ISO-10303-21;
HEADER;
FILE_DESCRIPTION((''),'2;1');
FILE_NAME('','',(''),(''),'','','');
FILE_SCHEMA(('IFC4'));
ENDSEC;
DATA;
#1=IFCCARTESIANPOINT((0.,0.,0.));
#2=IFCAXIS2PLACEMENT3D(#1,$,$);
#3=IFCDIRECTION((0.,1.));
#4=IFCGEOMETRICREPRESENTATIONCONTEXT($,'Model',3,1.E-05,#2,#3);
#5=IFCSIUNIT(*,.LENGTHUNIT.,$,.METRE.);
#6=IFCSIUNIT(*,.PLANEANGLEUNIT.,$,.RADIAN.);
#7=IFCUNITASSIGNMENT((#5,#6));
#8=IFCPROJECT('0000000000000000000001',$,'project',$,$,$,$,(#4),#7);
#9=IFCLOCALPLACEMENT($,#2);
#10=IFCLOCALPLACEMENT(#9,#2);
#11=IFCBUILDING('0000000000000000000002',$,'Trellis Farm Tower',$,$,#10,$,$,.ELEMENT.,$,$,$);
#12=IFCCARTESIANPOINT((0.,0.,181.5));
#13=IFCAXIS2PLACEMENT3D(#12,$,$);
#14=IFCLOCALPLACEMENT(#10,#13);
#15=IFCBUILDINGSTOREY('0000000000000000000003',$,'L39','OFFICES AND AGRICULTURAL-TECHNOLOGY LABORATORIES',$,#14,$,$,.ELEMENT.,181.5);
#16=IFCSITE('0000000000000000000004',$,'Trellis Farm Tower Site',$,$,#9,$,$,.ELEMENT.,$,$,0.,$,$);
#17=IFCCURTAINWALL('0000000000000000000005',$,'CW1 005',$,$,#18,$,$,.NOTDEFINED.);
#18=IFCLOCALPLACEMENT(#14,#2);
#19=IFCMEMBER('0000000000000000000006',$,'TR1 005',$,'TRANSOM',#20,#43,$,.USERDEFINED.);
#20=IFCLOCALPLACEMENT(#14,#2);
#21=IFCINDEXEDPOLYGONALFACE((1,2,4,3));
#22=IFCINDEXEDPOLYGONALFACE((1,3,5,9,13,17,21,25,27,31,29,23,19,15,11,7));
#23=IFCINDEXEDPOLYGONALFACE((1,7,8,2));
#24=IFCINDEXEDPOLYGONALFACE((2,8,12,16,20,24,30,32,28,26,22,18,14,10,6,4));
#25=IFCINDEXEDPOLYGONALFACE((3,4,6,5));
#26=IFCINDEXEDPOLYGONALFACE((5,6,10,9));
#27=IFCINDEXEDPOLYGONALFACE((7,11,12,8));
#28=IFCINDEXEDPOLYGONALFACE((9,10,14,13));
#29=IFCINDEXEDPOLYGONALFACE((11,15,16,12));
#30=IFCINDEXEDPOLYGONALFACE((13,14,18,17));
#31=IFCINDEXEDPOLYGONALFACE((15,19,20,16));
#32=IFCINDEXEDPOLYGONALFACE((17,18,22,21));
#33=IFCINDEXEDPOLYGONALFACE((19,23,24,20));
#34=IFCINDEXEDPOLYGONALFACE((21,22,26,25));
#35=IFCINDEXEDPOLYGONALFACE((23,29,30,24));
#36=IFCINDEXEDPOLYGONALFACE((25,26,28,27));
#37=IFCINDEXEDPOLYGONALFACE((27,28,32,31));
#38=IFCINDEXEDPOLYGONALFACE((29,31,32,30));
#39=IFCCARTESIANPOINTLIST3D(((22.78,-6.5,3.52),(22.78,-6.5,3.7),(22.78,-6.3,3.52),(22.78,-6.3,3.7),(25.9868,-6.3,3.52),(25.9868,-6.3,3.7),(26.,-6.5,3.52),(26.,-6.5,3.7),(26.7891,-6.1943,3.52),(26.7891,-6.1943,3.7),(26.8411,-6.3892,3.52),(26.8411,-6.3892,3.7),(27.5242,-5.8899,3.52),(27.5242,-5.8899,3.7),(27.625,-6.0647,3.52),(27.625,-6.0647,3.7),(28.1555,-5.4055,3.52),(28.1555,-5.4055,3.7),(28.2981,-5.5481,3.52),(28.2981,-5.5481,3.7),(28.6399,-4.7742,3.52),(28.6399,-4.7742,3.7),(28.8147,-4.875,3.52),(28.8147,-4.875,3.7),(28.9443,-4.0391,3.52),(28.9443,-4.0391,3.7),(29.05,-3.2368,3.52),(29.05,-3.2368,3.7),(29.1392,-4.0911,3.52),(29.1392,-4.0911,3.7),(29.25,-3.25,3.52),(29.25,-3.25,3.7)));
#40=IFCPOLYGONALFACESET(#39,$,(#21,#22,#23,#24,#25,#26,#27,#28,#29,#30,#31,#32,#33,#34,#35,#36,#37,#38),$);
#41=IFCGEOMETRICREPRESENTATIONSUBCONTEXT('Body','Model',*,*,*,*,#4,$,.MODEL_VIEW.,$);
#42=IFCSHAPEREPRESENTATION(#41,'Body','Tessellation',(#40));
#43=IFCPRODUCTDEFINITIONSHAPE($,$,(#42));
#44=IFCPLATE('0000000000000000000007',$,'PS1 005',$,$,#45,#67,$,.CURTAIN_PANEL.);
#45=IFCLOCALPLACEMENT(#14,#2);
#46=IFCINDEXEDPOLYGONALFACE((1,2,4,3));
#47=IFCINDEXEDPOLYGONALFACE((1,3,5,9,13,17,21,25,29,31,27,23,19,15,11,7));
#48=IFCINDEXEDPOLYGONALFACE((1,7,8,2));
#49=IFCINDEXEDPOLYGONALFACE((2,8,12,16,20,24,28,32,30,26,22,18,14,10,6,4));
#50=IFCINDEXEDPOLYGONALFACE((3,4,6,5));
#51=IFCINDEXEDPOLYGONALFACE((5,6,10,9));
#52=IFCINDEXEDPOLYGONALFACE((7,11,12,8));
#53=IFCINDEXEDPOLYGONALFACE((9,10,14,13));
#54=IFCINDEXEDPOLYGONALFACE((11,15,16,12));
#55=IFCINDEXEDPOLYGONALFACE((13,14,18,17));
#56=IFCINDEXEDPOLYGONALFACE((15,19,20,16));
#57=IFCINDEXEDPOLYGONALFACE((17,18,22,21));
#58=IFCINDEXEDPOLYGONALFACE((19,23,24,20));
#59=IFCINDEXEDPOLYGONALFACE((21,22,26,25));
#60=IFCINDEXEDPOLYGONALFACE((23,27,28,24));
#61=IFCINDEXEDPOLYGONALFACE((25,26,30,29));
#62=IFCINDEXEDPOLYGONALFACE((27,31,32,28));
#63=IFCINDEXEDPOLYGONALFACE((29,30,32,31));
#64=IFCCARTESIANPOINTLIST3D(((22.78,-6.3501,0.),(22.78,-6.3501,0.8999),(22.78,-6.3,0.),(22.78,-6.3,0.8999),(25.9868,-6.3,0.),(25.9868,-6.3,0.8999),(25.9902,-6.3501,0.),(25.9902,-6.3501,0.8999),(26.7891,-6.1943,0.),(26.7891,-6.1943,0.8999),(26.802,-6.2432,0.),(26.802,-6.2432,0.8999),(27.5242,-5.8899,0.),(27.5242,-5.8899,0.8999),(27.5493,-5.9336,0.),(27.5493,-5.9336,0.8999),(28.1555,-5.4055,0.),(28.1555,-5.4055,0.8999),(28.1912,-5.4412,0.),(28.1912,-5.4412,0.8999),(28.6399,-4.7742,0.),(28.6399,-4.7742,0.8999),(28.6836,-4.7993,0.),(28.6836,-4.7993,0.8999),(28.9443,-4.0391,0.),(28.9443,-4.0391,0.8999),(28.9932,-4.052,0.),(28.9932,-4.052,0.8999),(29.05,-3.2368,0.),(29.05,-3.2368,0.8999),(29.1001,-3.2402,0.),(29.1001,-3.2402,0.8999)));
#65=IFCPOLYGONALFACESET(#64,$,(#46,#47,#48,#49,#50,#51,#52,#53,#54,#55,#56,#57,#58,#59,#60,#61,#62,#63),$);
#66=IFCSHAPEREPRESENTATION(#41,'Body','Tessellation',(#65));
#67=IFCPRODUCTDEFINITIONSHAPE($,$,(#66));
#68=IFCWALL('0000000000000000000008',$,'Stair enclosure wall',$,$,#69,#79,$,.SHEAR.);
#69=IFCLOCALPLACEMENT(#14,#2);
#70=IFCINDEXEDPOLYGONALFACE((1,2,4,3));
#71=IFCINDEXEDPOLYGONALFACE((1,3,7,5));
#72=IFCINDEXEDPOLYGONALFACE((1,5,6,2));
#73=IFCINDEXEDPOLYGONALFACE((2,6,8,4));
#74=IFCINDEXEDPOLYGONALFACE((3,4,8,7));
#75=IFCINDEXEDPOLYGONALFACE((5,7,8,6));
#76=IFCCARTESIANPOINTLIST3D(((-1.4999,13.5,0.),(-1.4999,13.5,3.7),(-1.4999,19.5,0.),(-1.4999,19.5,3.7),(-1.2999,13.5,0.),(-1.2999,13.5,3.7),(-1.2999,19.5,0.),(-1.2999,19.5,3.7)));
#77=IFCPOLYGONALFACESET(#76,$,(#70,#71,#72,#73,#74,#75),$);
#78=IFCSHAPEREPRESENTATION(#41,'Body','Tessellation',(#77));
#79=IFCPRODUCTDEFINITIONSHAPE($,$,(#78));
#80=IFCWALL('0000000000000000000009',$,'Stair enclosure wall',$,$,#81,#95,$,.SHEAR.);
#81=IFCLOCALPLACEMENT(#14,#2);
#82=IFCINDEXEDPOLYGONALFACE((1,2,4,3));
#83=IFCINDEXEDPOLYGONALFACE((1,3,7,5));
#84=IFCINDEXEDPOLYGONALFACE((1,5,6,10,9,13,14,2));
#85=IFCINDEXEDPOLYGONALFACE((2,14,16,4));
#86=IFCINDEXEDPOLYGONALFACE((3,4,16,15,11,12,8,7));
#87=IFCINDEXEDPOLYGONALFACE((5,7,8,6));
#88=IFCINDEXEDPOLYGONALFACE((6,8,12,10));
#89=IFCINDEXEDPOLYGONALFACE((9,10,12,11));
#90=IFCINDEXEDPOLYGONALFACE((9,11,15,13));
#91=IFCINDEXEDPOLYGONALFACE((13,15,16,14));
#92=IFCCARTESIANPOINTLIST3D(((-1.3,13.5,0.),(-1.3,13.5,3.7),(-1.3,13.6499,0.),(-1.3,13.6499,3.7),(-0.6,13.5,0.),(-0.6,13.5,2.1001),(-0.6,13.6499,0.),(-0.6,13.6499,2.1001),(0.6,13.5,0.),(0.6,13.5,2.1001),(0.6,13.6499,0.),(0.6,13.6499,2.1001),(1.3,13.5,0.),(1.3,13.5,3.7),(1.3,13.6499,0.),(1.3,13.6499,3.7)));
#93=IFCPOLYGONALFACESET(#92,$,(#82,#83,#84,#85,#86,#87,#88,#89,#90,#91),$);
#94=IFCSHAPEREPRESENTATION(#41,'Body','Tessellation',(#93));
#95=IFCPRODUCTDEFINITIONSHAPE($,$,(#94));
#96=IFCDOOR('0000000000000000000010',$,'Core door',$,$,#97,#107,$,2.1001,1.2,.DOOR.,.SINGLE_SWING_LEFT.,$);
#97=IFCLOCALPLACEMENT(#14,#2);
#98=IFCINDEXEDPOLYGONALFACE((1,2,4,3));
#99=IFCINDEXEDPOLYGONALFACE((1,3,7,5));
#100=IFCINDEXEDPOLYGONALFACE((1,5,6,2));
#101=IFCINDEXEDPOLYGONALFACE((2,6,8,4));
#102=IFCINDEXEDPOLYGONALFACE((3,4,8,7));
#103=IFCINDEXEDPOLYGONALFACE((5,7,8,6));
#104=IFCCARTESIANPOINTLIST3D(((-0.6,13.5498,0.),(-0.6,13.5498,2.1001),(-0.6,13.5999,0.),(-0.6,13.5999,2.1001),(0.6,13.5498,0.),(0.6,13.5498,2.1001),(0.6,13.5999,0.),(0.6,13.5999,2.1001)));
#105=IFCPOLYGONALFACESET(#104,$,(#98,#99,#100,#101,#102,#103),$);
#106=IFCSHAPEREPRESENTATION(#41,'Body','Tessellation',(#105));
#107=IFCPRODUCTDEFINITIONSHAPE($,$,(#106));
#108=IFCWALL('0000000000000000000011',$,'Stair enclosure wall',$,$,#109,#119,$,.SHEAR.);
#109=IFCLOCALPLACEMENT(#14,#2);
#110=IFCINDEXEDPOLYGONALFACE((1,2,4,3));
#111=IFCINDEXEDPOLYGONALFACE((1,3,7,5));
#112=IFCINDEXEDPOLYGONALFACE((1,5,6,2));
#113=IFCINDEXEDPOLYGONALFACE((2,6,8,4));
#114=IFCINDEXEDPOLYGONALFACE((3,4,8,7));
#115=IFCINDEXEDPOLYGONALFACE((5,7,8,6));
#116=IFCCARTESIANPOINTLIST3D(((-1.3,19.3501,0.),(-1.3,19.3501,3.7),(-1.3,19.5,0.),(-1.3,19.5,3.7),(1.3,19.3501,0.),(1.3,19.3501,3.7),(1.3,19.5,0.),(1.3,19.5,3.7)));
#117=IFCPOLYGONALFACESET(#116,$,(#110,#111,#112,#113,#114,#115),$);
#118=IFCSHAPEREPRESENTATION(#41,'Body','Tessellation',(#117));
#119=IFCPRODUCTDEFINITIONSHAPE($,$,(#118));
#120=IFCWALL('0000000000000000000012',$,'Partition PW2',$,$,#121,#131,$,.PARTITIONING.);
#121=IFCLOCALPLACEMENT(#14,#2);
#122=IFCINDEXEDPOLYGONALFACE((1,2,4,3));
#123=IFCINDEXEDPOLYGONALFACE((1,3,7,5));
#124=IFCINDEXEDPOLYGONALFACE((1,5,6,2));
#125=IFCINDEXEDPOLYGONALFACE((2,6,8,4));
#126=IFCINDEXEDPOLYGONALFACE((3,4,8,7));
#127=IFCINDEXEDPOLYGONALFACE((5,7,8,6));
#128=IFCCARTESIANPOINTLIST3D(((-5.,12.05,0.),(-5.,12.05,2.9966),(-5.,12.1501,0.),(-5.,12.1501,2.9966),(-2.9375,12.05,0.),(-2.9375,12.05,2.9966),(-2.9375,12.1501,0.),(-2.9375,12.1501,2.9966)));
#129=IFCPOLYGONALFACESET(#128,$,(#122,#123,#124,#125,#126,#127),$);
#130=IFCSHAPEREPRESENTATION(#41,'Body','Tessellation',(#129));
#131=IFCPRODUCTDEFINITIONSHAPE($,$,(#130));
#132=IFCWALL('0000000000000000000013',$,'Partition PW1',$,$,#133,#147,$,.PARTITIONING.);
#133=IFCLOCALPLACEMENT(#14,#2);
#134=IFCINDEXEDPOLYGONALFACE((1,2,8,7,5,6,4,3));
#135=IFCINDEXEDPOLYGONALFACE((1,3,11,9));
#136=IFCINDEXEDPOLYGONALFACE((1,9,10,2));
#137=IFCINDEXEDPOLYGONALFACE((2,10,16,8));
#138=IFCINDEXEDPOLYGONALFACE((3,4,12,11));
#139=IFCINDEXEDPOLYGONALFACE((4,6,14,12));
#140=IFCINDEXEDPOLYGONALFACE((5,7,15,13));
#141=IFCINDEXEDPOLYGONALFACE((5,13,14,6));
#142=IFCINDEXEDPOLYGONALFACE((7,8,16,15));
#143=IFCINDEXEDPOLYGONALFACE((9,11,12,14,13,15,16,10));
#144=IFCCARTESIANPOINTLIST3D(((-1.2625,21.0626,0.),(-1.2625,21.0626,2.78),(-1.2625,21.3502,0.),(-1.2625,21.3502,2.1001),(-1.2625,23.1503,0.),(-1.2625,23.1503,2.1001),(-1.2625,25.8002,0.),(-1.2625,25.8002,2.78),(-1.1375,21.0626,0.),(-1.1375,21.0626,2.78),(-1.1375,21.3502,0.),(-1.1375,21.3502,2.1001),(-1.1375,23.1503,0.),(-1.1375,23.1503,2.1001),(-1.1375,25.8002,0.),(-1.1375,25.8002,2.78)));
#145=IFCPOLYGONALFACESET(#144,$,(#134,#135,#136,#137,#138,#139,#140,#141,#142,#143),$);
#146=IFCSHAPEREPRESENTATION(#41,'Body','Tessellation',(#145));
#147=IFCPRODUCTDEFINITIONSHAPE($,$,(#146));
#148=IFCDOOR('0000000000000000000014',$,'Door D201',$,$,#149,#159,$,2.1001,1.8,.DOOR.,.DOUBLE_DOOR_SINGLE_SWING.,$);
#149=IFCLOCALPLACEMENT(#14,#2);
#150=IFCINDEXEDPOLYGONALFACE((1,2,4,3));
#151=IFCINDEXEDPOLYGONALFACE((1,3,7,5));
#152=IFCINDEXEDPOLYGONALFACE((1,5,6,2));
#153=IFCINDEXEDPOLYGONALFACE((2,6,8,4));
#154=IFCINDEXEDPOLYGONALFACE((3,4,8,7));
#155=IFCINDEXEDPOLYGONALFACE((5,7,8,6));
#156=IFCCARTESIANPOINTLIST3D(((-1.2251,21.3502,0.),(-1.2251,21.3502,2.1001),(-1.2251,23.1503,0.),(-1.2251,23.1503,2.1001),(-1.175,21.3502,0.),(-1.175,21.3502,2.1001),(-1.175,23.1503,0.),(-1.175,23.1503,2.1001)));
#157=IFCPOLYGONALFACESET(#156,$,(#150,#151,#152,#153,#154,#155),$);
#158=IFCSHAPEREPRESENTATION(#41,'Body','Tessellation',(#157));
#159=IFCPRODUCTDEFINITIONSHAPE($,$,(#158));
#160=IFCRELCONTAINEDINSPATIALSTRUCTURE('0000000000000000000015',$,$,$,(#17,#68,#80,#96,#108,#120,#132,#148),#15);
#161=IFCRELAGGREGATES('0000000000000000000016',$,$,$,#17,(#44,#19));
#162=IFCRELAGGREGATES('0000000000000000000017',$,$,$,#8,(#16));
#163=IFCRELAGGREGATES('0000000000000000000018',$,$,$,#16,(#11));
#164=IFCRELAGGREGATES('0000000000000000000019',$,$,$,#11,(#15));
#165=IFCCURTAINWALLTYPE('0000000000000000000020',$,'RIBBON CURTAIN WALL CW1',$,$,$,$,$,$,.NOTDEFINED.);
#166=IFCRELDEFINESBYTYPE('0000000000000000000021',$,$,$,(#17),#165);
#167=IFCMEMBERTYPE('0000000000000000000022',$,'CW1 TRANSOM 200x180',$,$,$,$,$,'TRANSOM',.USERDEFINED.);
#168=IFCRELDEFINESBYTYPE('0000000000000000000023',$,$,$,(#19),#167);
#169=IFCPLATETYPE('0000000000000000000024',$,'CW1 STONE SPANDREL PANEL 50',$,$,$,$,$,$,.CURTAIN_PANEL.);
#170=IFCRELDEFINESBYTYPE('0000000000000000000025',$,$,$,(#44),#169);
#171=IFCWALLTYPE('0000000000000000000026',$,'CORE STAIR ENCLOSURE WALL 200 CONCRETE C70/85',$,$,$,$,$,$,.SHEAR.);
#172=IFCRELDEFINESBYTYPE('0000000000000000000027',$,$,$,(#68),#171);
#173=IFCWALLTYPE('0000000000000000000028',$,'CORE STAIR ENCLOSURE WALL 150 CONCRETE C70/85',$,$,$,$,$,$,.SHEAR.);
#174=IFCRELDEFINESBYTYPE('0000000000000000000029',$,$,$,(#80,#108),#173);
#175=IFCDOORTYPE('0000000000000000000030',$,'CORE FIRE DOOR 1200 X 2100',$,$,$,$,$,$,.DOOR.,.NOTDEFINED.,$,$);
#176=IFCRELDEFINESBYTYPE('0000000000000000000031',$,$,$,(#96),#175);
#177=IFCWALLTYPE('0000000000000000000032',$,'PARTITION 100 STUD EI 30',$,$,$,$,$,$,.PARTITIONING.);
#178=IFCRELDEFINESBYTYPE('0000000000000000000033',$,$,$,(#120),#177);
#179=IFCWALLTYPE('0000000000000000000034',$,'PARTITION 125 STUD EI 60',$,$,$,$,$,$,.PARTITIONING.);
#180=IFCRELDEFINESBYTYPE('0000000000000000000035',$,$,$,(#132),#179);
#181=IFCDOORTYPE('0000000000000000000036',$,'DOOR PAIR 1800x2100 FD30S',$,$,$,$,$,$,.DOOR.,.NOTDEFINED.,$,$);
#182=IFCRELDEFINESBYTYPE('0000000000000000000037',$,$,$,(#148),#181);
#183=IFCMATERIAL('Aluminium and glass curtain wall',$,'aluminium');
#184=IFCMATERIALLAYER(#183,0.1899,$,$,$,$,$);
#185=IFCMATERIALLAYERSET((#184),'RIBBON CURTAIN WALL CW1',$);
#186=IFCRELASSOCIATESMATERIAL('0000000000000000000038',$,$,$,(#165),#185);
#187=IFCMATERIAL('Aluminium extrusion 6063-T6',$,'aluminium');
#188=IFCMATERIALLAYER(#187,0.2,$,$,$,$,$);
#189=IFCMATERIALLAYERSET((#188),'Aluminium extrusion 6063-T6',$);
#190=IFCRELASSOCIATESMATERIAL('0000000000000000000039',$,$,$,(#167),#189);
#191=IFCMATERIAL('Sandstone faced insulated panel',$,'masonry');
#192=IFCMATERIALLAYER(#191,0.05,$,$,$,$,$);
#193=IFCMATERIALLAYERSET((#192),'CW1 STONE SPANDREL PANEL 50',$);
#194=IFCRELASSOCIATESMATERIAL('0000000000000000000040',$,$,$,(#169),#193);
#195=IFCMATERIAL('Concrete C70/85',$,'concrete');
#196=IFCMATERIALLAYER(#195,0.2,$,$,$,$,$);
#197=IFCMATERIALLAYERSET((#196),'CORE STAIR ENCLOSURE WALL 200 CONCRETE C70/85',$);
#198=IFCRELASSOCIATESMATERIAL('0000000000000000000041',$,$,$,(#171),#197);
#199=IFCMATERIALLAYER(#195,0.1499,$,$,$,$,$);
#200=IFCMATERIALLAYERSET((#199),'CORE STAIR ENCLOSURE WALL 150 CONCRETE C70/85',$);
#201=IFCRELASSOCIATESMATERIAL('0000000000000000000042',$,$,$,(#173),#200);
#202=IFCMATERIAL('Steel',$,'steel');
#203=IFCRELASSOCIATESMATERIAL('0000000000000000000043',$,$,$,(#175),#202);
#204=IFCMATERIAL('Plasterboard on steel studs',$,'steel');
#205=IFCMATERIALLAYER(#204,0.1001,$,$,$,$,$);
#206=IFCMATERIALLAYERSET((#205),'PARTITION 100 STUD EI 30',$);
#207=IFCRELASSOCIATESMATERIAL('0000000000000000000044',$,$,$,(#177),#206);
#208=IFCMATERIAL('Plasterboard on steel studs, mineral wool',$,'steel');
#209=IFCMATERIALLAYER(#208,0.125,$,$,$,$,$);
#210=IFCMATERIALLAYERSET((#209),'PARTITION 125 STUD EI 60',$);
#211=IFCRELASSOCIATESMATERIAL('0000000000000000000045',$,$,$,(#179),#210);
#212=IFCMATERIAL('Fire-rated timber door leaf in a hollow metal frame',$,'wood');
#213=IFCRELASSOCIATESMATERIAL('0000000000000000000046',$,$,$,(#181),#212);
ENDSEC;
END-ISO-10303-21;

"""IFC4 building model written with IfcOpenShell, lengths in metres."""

from ifc_helpers import new_model, si_unit, direction, frame, frame_2d, origin, place, context, subcontext, project, spatial, polyline, rectangle, outline, extrude, source, transform, mapped, material, layer, layer_set, type_object, element, fill, aggregate, save


model = new_model("IFC4")

# Units and contexts
model_context = context("Model", 3, precision=1e-05, world=origin(), true_north=direction((0.0, 1.0)))
body_context = subcontext(model_context, "Body", "Model", "MODEL_VIEW")
ifc_project = project(units=[si_unit("LENGTHUNIT", "METRE"), si_unit("PLANEANGLEUNIT", "RADIAN")], contexts=[model_context])

# Site, building, storey
site_placement = place(None, origin())
site = spatial("IfcSite", under=ifc_project, at=site_placement, Name="Trellis Farm Tower Site", CompositionType="ELEMENT", RefElevation=0.0)
building_placement = place(site_placement, origin())
building = spatial("IfcBuilding", under=site, at=building_placement, Name="Trellis Farm Tower", CompositionType="ELEMENT")
storey_placement = place(building_placement, frame((0.0, 0.0, 181.5)))
storey = spatial("IfcBuildingStorey", under=building, at=storey_placement, Name="L39", Description="OFFICES AND AGRICULTURAL-TECHNOLOGY LABORATORIES", CompositionType="ELEMENT", Elevation=181.5)

# Shared definitions
ifc_material_1 = material(Name="Concrete C70/85", Category="concrete")

# Curtain wall, member, plate
ifc_material_2 = material(Name="Aluminium and glass curtain wall", Category="aluminium")
ifc_layer_1 = layer(ifc_material_2, 0.1899)
ifc_layer_set_1 = layer_set([ifc_layer_1], Name="RIBBON CURTAIN WALL CW1")
curtain_wall_type = type_object("IfcCurtainWallType", Name="RIBBON CURTAIN WALL CW1", PredefinedType="NOTDEFINED", material=ifc_layer_set_1)
placement = place(storey_placement, origin())
curtain_wall = element("IfcCurtainWall", 1, at=placement, inside=storey, type_object=curtain_wall_type, Name="CW1 005", PredefinedType="NOTDEFINED")
ifc_material_3 = material(Name="Aluminium extrusion 6063-T6", Category="aluminium")
ifc_layer_2 = layer(ifc_material_3, 0.2)
ifc_layer_set_2 = layer_set([ifc_layer_2], Name="Aluminium extrusion 6063-T6")
member_type = type_object("IfcMemberType", Name="CW1 TRANSOM 200x180", ElementType="TRANSOM", PredefinedType="USERDEFINED", material=ifc_layer_set_2)
shared_shape_1 = source(origin(), body_context, "Body", "SweptSolid", [
    extrude(outline(polyline([(22.78, -6.5), (26.0, -6.5), (26.8411, -6.3892), (27.625, -6.0647), (28.2981, -5.5481), (28.8147, -4.875), (29.1392, -4.0911), (29.25, -3.25), (29.05, -3.2368), (28.9443, -4.0391), (28.6399, -4.7742), (28.1555, -5.4055), (27.5242, -5.8899), (26.7891, -6.1943), (25.9868, -6.3), (22.78, -6.3), (22.78, -6.5)])), origin(), (0.0, 0.0, 1.0), 0.1799),
])
member_placement = place(storey_placement, frame((0.0, 0.0, 3.52)))
member = element("IfcMember", 2, at=member_placement, type_object=member_type, Name="TR1 005", ObjectType="TRANSOM", PredefinedType="USERDEFINED", context=body_context, shape_type="MappedRepresentation", body=[
    mapped(shared_shape_1, transform((0.0, 0.0, 0.0))),
])
ifc_material_4 = material(Name="Sandstone faced insulated panel", Category="masonry")
ifc_layer_3 = layer(ifc_material_4, 0.05)
ifc_layer_set_3 = layer_set([ifc_layer_3], Name="CW1 STONE SPANDREL PANEL 50")
plate_type = type_object("IfcPlateType", Name="CW1 STONE SPANDREL PANEL 50", PredefinedType="CURTAIN_PANEL", material=ifc_layer_set_3)
shared_shape_2 = source(origin(), body_context, "Body", "SweptSolid", [
    extrude(outline(polyline([(22.78, -6.3501), (25.9902, -6.3501), (26.802, -6.2432), (27.5493, -5.9336), (28.1912, -5.4412), (28.6836, -4.7993), (28.9932, -4.052), (29.1001, -3.2402), (29.05, -3.2368), (28.9443, -4.0391), (28.6399, -4.7742), (28.1555, -5.4055), (27.5242, -5.8899), (26.7891, -6.1943), (25.9868, -6.3), (22.78, -6.3), (22.78, -6.3501)])), origin(), (0.0, 0.0, 1.0), 0.8999),
])
plate = element("IfcPlate", 3, at=placement, type_object=plate_type, Name="PS1 005", PredefinedType="CURTAIN_PANEL", context=body_context, shape_type="MappedRepresentation", body=[
    mapped(shared_shape_2, transform((0.0, 0.0, 0.0))),
])
aggregate(curtain_wall, [plate, member])

# Wall
ifc_layer_4 = layer(ifc_material_1, 0.2)
ifc_layer_set_4 = layer_set([ifc_layer_4], Name="CORE STAIR ENCLOSURE WALL 200 CONCRETE C70/85")
wall_type_1 = type_object("IfcWallType", Name="CORE STAIR ENCLOSURE WALL 200 CONCRETE C70/85", PredefinedType="SHEAR", material=ifc_layer_set_4)
shared_shape_3 = source(origin(), body_context, "Body", "SweptSolid", [
    extrude(rectangle(XDim=6.0, YDim=0.2, at=frame_2d((3.0, 0.0))), origin(), (0.0, 0.0, 1.0), 3.7),
])
wall_1_placement = place(storey_placement, frame((-1.3999, 13.5, 0.0), z_axis=(0.0, 0.0, 1.0), x_axis=(0.0, 1.0, 0.0)))
element("IfcWall", 4, at=wall_1_placement, inside=storey, type_object=wall_type_1, Name="Stair enclosure wall", PredefinedType="SHEAR", context=body_context, shape_type="MappedRepresentation", body=[
    mapped(shared_shape_3, transform((0.0, 0.0, 0.0))),
])

# Wall, opening, door
ifc_layer_5 = layer(ifc_material_1, 0.1499)
ifc_layer_set_5 = layer_set([ifc_layer_5], Name="CORE STAIR ENCLOSURE WALL 150 CONCRETE C70/85")
wall_type_2 = type_object("IfcWallType", Name="CORE STAIR ENCLOSURE WALL 150 CONCRETE C70/85", PredefinedType="SHEAR", material=ifc_layer_set_5)
shared_shape_4 = source(origin(), body_context, "Body", "SweptSolid", [
    extrude(rectangle(XDim=2.6001, YDim=0.1499, at=frame_2d((1.3, 0.0))), origin(), (0.0, 0.0, 1.0), 3.7),
])
wall_2_placement = place(storey_placement, frame((-1.3, 13.575, 0.0), z_axis=(0.0, 0.0, 1.0), x_axis=(1.0, 0.0, 0.0)))
wall_2 = element("IfcWall", 5, at=wall_2_placement, inside=storey, type_object=wall_type_2, Name="Stair enclosure wall", PredefinedType="SHEAR", context=body_context, shape_type="MappedRepresentation", body=[
    mapped(shared_shape_4, transform((0.0, 0.0, 0.0))),
])
shared_shape_5 = source(origin(), body_context, "Body", "SweptSolid", [
    extrude(rectangle(XDim=1.2, YDim=2.1001, at=frame_2d((0.6001, 1.05))), frame((0.0, 0.085, 0.0), z_axis=(0.0, -1.0, 0.0), x_axis=(1.0, 0.0, 0.0)), (0.0, 0.0, 1.0), 0.1699),
])
opening_1_placement = place(wall_2_placement, frame((0.7, 0.0, 0.0)))
opening_1 = element("IfcOpeningElement", 6, at=opening_1_placement, cuts=wall_2, PredefinedType="OPENING", context=body_context, shape_type="MappedRepresentation", body=[
    mapped(shared_shape_5, transform((0.0, 0.0, 0.0))),
])
ifc_material_5 = material(Name="Steel", Category="steel")
door_type_1 = type_object("IfcDoorType", Name="CORE FIRE DOOR 1200 X 2100", OperationType="NOTDEFINED", PredefinedType="DOOR", material=ifc_material_5)
shared_shape_6 = source(origin(), body_context, "Body", "SweptSolid", [
    extrude(rectangle(XDim=1.2, YDim=2.1001, at=frame_2d((0.6001, 1.05))), frame((0.0, 0.0249, 0.0), z_axis=(0.0, -1.0, 0.0), x_axis=(1.0, 0.0, 0.0)), (0.0, 0.0, 1.0), 0.05),
])
door_1_placement = place(opening_1_placement, origin())
door_1 = element("IfcDoor", 7, at=door_1_placement, inside=storey, type_object=door_type_1, Name="Core door", OperationType="SINGLE_SWING_LEFT", OverallHeight=2.1001, OverallWidth=1.2, PredefinedType="DOOR", context=body_context, shape_type="MappedRepresentation", body=[
    mapped(shared_shape_6, transform((0.0, 0.0, 0.0))),
])
fill(opening_1, door_1)

# Walls
wall_3_placement = place(storey_placement, frame((-1.3, 19.425, 0.0), z_axis=(0.0, 0.0, 1.0), x_axis=(1.0, 0.0, 0.0)))
element("IfcWall", 8, at=wall_3_placement, inside=storey, type_object=wall_type_2, Name="Stair enclosure wall", PredefinedType="SHEAR", context=body_context, shape_type="MappedRepresentation", body=[
    mapped(shared_shape_4, transform((0.0, 0.0, 0.0))),
])
ifc_material_6 = material(Name="Plasterboard on steel studs", Category="steel")
ifc_layer_6 = layer(ifc_material_6, 0.1001)
ifc_layer_set_6 = layer_set([ifc_layer_6], Name="PARTITION 100 STUD EI 30")
wall_type_3 = type_object("IfcWallType", Name="PARTITION 100 STUD EI 30", PredefinedType="PARTITIONING", material=ifc_layer_set_6)
shared_shape_7 = source(origin(), body_context, "Body", "SweptSolid", [
    extrude(rectangle(XDim=2.0625, YDim=0.1001, at=frame_2d((1.0312, 0.0))), origin(), (0.0, 0.0, 1.0), 2.9966),
])
wall_4_placement = place(storey_placement, frame((-5.0, 12.1001, 0.0), z_axis=(0.0, 0.0, 1.0), x_axis=(1.0, 0.0, 0.0)))
element("IfcWall", 9, at=wall_4_placement, inside=storey, type_object=wall_type_3, Name="Partition PW2", PredefinedType="PARTITIONING", context=body_context, shape_type="MappedRepresentation", body=[
    mapped(shared_shape_7, transform((0.0, 0.0, 0.0))),
])

# Wall, opening, door
ifc_material_7 = material(Name="Plasterboard on steel studs, mineral wool", Category="steel")
ifc_layer_7 = layer(ifc_material_7, 0.125)
ifc_layer_set_7 = layer_set([ifc_layer_7], Name="PARTITION 125 STUD EI 60")
wall_type_4 = type_object("IfcWallType", Name="PARTITION 125 STUD EI 60", PredefinedType="PARTITIONING", material=ifc_layer_set_7)
shared_shape_8 = source(origin(), body_context, "Body", "SweptSolid", [
    extrude(rectangle(XDim=4.7375, YDim=0.125, at=frame_2d((2.3687, 0.0))), origin(), (0.0, 0.0, 1.0), 2.78),
])
wall_5_placement = place(storey_placement, frame((-1.2, 25.8, 0.0), z_axis=(0.0, 0.0, 1.0), x_axis=(0.0, -1.0, 0.0)))
wall_5 = element("IfcWall", 10, at=wall_5_placement, inside=storey, type_object=wall_type_4, Name="Partition PW1", PredefinedType="PARTITIONING", context=body_context, shape_type="MappedRepresentation", body=[
    mapped(shared_shape_8, transform((0.0, 0.0, 0.0))),
])
shared_shape_9 = source(origin(), body_context, "Body", "SweptSolid", [
    extrude(rectangle(XDim=1.8, YDim=2.1001, at=frame_2d((0.8999, 1.05))), frame((0.0, 0.0725, 0.0), z_axis=(0.0, -1.0, 0.0), x_axis=(1.0, 0.0, 0.0)), (0.0, 0.0, 1.0), 0.145),
])
opening_2_placement = place(wall_5_placement, frame((2.6499, 0.0, 0.0)))
opening_2 = element("IfcOpeningElement", 11, at=opening_2_placement, cuts=wall_5, PredefinedType="OPENING", context=body_context, shape_type="MappedRepresentation", body=[
    mapped(shared_shape_9, transform((0.0, 0.0, 0.0))),
])
ifc_material_8 = material(Name="Fire-rated timber door leaf in a hollow metal frame", Category="wood")
door_type_2 = type_object("IfcDoorType", Name="DOOR PAIR 1800x2100 FD30S", OperationType="NOTDEFINED", PredefinedType="DOOR", material=ifc_material_8)
shared_shape_10 = source(origin(), body_context, "Body", "SweptSolid", [
    extrude(rectangle(XDim=1.8, YDim=2.1001, at=frame_2d((0.8999, 1.05))), frame((0.0, 0.0249, 0.0), z_axis=(0.0, -1.0, 0.0), x_axis=(1.0, 0.0, 0.0)), (0.0, 0.0, 1.0), 0.05),
])
door_2_placement = place(opening_2_placement, origin())
door_2 = element("IfcDoor", 12, at=door_2_placement, inside=storey, type_object=door_type_2, Name="Door D201", OperationType="DOUBLE_DOOR_SINGLE_SWING", OverallHeight=2.1001, OverallWidth=1.8, PredefinedType="DOOR", context=body_context, shape_type="MappedRepresentation", body=[
    mapped(shared_shape_10, transform((0.0, 0.0, 0.0))),
])
fill(opening_2, door_2)

save(model, "model.ifc")
